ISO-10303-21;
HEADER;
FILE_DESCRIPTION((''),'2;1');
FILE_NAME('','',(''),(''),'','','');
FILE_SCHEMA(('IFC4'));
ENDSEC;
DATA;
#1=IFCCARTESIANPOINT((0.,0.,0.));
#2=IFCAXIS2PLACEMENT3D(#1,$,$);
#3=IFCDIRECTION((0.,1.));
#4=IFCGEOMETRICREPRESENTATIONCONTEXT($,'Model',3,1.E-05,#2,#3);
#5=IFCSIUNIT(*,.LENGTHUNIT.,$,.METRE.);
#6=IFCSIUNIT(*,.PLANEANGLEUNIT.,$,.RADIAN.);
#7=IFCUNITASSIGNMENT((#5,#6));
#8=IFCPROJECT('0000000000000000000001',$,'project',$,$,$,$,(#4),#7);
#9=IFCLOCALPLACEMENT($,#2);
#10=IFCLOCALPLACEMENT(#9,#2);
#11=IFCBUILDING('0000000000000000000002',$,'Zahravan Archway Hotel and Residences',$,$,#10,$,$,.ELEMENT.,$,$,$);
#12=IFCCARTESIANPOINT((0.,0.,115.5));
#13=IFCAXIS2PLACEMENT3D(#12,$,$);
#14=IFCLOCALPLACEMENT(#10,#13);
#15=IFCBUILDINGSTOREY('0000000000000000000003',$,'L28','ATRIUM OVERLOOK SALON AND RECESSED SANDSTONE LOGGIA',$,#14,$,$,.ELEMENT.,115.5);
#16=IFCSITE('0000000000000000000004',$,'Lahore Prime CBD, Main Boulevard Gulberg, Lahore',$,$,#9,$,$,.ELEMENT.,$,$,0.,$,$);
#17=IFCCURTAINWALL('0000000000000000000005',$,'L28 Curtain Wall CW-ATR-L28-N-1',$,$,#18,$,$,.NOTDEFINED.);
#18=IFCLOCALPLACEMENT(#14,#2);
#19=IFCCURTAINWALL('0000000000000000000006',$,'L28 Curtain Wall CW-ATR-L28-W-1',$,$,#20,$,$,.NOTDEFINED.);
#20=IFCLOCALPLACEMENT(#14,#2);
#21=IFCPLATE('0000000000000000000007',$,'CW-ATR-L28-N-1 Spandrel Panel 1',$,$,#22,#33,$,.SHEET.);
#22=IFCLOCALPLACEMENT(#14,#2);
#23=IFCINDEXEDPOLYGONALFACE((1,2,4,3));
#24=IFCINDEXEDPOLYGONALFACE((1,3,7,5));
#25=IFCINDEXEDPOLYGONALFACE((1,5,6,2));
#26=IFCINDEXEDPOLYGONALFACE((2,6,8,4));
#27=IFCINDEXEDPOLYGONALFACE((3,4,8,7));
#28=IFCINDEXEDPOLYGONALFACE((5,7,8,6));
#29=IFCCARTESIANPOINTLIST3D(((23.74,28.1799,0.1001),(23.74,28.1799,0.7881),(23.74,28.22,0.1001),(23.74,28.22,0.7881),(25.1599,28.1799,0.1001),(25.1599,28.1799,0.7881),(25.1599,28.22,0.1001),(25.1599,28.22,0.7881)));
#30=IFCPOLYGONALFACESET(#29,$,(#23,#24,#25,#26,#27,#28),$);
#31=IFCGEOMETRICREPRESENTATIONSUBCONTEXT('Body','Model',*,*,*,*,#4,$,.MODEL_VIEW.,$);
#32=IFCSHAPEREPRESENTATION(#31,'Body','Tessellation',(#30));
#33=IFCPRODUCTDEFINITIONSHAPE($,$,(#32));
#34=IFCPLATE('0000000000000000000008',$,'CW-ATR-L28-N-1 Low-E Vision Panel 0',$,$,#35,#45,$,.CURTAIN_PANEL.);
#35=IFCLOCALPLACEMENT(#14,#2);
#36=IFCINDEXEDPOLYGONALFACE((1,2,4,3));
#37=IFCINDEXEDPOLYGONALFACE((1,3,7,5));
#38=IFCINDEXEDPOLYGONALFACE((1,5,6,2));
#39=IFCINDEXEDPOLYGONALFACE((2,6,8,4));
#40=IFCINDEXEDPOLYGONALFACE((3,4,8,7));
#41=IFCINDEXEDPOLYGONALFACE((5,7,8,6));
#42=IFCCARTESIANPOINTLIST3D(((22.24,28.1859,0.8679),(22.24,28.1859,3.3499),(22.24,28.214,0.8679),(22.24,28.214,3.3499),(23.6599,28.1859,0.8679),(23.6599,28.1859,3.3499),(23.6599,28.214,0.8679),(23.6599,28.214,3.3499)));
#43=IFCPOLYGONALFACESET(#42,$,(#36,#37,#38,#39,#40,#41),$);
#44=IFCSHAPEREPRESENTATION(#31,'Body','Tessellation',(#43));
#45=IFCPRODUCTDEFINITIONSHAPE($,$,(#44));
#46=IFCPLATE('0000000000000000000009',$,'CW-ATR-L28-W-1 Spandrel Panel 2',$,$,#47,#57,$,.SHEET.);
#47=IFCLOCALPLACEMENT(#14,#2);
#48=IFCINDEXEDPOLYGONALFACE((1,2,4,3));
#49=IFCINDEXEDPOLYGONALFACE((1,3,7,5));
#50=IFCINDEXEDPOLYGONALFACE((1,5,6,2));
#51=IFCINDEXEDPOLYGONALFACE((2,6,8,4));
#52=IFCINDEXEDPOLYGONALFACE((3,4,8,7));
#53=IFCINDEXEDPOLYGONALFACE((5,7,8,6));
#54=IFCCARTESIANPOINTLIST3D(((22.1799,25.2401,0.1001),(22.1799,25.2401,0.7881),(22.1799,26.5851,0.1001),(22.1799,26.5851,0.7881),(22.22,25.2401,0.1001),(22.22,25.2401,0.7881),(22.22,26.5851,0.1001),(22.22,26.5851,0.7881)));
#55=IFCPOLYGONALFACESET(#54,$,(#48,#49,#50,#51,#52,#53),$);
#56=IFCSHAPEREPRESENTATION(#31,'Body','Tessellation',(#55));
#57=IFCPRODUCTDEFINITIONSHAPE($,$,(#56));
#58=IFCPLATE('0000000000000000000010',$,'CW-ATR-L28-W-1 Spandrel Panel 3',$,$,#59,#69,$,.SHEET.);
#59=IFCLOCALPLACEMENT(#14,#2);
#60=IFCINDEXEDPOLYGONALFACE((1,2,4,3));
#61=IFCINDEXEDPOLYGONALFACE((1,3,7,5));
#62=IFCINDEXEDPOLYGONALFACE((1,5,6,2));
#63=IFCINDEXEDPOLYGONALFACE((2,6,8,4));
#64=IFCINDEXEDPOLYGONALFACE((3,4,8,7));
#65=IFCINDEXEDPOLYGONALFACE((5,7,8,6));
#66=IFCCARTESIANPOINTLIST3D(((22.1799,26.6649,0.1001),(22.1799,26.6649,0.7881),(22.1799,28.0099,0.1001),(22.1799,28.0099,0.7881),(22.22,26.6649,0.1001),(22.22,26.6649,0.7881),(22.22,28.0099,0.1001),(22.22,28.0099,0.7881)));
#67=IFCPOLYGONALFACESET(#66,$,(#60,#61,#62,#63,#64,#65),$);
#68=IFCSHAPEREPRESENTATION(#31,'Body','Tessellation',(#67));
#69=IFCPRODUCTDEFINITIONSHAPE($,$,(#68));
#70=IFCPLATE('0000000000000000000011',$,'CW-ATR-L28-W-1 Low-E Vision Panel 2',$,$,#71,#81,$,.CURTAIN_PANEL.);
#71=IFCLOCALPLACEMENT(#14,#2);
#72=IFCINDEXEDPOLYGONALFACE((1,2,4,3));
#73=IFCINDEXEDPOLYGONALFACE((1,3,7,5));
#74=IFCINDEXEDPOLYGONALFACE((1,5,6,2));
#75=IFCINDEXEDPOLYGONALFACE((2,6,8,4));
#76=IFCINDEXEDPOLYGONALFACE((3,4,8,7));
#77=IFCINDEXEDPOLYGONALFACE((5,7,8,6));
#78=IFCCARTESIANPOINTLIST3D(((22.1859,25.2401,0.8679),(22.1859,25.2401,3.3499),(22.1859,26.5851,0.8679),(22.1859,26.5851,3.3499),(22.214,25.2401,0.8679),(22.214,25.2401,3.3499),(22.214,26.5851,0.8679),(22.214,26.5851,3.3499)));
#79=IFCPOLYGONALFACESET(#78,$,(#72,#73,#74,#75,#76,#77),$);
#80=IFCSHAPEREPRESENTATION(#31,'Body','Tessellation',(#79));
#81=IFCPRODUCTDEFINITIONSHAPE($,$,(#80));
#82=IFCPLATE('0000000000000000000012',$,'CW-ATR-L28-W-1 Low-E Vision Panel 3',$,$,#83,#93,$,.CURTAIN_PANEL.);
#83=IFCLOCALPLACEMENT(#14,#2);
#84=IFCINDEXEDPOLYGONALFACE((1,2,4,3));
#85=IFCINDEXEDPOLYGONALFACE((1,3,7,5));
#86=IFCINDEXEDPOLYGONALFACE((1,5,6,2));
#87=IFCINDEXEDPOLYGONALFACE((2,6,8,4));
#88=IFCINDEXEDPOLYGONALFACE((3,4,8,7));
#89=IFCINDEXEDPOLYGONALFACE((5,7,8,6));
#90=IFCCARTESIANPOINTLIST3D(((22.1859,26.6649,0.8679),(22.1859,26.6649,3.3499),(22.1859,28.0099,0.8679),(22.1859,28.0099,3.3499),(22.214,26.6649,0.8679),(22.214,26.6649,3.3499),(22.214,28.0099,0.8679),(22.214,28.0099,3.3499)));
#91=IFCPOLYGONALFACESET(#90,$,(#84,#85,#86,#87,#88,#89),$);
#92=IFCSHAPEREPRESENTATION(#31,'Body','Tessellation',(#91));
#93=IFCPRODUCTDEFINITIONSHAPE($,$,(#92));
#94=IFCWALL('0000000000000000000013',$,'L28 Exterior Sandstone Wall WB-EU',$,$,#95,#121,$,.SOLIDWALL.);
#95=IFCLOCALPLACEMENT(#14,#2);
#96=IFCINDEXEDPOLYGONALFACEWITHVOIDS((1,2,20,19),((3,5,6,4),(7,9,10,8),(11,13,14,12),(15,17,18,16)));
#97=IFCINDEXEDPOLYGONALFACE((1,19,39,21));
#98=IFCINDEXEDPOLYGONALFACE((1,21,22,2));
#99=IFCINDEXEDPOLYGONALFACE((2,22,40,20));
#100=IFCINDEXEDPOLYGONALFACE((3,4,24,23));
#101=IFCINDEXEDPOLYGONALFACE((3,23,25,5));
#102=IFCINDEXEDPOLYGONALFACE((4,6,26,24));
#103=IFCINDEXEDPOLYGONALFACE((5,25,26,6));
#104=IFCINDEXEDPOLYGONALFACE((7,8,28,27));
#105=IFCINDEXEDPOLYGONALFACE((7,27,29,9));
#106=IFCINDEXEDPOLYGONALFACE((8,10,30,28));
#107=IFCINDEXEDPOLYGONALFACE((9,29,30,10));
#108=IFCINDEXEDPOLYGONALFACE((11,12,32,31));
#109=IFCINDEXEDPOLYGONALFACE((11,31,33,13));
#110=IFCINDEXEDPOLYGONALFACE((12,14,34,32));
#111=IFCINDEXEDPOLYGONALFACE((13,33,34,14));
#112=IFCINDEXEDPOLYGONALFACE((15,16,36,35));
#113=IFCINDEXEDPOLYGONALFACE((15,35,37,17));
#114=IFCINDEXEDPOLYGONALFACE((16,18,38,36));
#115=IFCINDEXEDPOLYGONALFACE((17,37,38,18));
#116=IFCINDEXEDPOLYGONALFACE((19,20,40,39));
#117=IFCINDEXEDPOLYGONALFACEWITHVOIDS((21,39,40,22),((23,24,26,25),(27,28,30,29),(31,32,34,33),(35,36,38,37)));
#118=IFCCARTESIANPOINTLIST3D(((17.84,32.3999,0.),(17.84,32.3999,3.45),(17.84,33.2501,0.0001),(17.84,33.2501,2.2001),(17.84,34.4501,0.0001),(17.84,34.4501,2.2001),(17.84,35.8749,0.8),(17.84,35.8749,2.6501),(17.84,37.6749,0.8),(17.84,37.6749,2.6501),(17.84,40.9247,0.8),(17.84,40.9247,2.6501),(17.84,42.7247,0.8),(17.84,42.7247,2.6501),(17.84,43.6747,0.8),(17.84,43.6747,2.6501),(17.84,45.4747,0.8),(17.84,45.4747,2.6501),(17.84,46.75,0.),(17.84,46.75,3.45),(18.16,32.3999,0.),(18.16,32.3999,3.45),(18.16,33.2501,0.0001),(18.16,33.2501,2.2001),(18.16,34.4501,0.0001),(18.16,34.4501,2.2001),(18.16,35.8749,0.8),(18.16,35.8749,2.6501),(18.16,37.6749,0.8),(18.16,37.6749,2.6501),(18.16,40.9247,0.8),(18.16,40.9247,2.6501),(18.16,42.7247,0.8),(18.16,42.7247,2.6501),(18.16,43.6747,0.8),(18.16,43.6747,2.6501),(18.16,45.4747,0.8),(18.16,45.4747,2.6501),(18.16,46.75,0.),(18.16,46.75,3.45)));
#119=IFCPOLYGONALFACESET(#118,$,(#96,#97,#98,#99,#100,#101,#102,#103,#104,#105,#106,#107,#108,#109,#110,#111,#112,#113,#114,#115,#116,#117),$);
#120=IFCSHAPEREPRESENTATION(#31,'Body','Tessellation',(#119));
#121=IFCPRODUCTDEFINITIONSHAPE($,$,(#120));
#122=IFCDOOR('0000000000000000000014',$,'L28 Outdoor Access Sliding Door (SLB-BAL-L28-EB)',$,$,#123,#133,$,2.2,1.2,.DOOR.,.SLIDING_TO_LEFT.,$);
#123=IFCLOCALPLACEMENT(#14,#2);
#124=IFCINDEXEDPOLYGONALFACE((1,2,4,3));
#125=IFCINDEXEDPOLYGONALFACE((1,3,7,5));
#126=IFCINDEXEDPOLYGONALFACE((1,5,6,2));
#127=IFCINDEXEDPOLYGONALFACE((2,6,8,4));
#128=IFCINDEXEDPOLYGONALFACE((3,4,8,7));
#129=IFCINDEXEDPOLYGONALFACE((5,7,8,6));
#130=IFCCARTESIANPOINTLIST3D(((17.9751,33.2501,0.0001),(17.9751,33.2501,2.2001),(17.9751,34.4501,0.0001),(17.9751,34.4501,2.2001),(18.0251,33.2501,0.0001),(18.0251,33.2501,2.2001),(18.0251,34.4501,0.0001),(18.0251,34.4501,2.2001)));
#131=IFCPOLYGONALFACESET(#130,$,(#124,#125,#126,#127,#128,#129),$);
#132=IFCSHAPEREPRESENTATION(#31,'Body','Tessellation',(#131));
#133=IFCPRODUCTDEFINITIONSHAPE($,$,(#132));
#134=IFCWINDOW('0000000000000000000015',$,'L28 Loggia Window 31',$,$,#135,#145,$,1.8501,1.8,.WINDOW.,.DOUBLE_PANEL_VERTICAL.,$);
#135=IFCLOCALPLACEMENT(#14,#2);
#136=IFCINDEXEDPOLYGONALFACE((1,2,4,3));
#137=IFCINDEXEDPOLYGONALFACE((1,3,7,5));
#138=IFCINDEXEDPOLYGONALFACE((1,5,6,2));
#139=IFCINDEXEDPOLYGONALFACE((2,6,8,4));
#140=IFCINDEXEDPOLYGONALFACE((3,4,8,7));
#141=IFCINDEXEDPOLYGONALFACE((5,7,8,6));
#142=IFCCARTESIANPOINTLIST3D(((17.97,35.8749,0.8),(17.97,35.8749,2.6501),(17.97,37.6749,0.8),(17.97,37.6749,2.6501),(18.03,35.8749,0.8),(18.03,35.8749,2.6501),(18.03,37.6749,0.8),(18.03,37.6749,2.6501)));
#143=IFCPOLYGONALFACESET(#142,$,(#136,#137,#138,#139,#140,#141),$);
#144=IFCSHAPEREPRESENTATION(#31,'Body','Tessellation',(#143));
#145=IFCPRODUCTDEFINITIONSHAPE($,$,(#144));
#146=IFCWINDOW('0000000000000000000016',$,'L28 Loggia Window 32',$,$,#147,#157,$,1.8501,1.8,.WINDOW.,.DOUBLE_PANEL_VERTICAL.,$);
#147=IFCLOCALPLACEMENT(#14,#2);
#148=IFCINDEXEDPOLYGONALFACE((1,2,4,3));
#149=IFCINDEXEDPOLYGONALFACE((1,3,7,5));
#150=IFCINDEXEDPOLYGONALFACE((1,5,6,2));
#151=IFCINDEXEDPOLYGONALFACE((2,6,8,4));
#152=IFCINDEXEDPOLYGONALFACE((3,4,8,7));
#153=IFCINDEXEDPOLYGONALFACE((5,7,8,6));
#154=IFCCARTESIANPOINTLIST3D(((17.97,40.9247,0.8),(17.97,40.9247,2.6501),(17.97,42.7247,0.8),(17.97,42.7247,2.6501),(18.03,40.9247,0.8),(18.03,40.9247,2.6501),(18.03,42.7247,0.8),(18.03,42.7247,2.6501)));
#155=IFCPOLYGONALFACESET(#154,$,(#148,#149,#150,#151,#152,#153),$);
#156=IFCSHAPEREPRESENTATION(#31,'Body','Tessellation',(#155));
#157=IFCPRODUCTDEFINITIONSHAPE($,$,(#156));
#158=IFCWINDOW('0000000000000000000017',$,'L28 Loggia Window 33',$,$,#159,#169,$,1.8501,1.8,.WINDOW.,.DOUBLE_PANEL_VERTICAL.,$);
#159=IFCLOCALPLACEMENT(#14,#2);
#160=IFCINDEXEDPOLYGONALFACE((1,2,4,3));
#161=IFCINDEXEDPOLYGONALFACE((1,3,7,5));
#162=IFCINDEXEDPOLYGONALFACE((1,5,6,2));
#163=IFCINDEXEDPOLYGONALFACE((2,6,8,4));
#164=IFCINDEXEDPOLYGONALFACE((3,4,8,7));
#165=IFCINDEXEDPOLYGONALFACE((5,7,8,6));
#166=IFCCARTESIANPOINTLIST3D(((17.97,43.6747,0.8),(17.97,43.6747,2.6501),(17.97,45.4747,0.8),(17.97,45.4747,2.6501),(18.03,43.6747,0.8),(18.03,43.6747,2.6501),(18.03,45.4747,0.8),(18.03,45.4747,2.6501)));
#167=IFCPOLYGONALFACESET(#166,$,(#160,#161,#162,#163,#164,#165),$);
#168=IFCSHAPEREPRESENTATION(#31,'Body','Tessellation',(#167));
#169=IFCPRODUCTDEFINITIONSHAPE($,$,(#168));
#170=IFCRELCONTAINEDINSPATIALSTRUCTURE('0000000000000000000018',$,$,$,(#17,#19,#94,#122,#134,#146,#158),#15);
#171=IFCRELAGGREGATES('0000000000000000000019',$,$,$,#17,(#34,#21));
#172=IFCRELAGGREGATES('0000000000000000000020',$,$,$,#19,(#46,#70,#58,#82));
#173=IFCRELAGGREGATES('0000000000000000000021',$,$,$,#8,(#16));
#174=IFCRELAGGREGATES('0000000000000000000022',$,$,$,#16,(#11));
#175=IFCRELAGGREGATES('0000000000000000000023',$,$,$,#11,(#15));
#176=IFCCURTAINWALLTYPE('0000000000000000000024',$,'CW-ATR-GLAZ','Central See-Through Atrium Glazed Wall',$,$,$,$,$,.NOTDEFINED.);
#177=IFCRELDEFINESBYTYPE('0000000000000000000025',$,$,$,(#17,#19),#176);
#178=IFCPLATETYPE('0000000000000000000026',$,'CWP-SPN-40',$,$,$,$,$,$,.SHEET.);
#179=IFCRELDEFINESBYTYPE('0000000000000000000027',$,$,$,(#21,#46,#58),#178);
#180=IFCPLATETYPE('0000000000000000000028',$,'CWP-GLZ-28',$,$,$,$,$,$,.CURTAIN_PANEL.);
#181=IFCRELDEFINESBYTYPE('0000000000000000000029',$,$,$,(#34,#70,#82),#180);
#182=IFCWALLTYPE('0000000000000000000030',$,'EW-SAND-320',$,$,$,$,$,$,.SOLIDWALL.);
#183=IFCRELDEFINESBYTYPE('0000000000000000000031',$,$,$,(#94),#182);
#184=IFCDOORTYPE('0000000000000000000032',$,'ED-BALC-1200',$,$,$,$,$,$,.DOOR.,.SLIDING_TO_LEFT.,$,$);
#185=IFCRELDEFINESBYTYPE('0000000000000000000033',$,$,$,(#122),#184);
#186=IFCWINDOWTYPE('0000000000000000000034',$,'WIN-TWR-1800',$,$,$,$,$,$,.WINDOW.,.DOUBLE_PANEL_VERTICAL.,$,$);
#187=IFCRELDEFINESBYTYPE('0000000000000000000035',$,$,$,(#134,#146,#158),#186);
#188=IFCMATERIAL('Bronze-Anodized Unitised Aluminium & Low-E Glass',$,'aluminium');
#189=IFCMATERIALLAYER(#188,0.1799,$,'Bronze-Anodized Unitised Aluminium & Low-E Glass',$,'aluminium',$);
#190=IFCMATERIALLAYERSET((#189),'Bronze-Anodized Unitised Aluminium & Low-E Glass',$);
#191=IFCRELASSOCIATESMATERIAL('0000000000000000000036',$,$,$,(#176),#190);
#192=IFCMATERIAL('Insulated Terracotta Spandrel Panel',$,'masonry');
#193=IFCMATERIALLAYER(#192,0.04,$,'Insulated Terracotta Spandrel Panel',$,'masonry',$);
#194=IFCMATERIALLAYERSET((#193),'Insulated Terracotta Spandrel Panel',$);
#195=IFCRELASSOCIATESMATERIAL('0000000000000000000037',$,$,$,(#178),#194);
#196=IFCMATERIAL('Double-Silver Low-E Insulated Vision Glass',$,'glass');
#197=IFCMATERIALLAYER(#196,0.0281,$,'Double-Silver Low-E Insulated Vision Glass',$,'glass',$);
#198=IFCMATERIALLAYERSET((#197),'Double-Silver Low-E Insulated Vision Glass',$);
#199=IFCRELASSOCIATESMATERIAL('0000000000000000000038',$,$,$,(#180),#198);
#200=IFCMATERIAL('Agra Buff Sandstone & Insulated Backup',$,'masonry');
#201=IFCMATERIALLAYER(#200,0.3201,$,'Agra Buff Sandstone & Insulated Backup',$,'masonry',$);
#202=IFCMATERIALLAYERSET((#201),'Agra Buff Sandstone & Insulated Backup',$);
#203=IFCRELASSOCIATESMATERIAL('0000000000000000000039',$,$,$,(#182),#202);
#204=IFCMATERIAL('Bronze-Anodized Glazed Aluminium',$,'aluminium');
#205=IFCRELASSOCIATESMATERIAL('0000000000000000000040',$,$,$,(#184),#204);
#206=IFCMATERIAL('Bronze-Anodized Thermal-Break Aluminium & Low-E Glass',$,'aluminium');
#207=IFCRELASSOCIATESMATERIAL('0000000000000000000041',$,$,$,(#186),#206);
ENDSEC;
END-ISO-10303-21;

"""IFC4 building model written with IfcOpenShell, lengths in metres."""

from ifc_helpers import new_model, si_unit, direction, frame, frame_2d, origin, origin_2d, place, context, subcontext, project, spatial, rectangle, extrude, source, transform, mapped, material, layer, layer_set, type_object, type_shapes, element, fill, aggregate, save


model = new_model("IFC4")

# Units and contexts
model_context = context("Model", 3, precision=1e-05, world=origin(), true_north=direction((0.0, 1.0)))
body_context = subcontext(model_context, "Body", "Model", "MODEL_VIEW")
ifc_project = project(units=[si_unit("LENGTHUNIT", "METRE"), si_unit("PLANEANGLEUNIT", "RADIAN")], contexts=[model_context])

# Site, building, storey
site_placement = place(None, origin())
site = spatial("IfcSite", under=ifc_project, at=site_placement, Name="Lahore Prime CBD, Main Boulevard Gulberg, Lahore", CompositionType="ELEMENT", RefElevation=0.0)
building_placement = place(site_placement, origin())
building = spatial("IfcBuilding", under=site, at=building_placement, Name="Zahravan Archway Hotel and Residences", CompositionType="ELEMENT")
storey_placement = place(building_placement, frame((0.0, 0.0, 115.5)))
storey = spatial("IfcBuildingStorey", under=building, at=storey_placement, Name="L28", Description="ATRIUM OVERLOOK SALON AND RECESSED SANDSTONE LOGGIA", CompositionType="ELEMENT", Elevation=115.5)

# Curtain walls
ifc_material_1 = material(Name="Bronze-Anodized Unitised Aluminium & Low-E Glass", Category="aluminium")
ifc_layer_1 = layer(ifc_material_1, 0.1799, Name="Bronze-Anodized Unitised Aluminium & Low-E Glass", Category="aluminium")
ifc_layer_set_1 = layer_set([ifc_layer_1], Name="Bronze-Anodized Unitised Aluminium & Low-E Glass")
curtain_wall_type = type_object("IfcCurtainWallType", Name="CW-ATR-GLAZ", Description="Central See-Through Atrium Glazed Wall", PredefinedType="NOTDEFINED", material=ifc_layer_set_1)
curtain_wall_1_placement = place(storey_placement, origin())
curtain_wall_1 = element("IfcCurtainWall", 1, at=curtain_wall_1_placement, inside=storey, type_object=curtain_wall_type, Name="L28 Curtain Wall CW-ATR-L28-N-1", PredefinedType="NOTDEFINED")
curtain_wall_2_placement = place(storey_placement, origin())
curtain_wall_2 = element("IfcCurtainWall", 2, at=curtain_wall_2_placement, inside=storey, type_object=curtain_wall_type, Name="L28 Curtain Wall CW-ATR-L28-W-1", PredefinedType="NOTDEFINED")

# Plates
ifc_material_2 = material(Name="Insulated Terracotta Spandrel Panel", Category="masonry")
ifc_layer_2 = layer(ifc_material_2, 0.04, Name="Insulated Terracotta Spandrel Panel", Category="masonry")
ifc_layer_set_2 = layer_set([ifc_layer_2], Name="Insulated Terracotta Spandrel Panel")
plate_type_1 = type_object("IfcPlateType", Name="CWP-SPN-40", PredefinedType="SHEET", material=ifc_layer_set_2)
shared_shape_1 = source(origin(), body_context, "Body", "SweptSolid", [
    extrude(rectangle(XDim=1.4199, YDim=0.04, at=origin_2d()), origin(), (0.0, 0.0, 1.0), 0.688),
])
plate_1_placement = place(storey_placement, frame((24.45, 28.2, 0.1001), z_axis=(0.0, 0.0, 1.0), x_axis=(1.0, 0.0, 0.0)))
plate_1 = element("IfcPlate", 3, at=plate_1_placement, type_object=plate_type_1, Name="CW-ATR-L28-N-1 Spandrel Panel 1", PredefinedType="SHEET", context=body_context, shape_type="MappedRepresentation", body=[
    mapped(shared_shape_1, transform((0.0, 0.0, 0.0), scale=1.0)),
])
ifc_material_3 = material(Name="Double-Silver Low-E Insulated Vision Glass", Category="glass")
ifc_layer_3 = layer(ifc_material_3, 0.0281, Name="Double-Silver Low-E Insulated Vision Glass", Category="glass")
ifc_layer_set_3 = layer_set([ifc_layer_3], Name="Double-Silver Low-E Insulated Vision Glass")
plate_type_2 = type_object("IfcPlateType", Name="CWP-GLZ-28", PredefinedType="CURTAIN_PANEL", material=ifc_layer_set_3)
shared_shape_2 = source(origin(), body_context, "Body", "SweptSolid", [
    extrude(rectangle(XDim=1.4199, YDim=0.0281, at=origin_2d()), origin(), (0.0, 0.0, 1.0), 2.4819),
])
plate_2_placement = place(storey_placement, frame((22.95, 28.2, 0.8679), z_axis=(0.0, 0.0, 1.0), x_axis=(1.0, 0.0, 0.0)))
plate_2 = element("IfcPlate", 4, at=plate_2_placement, type_object=plate_type_2, Name="CW-ATR-L28-N-1 Low-E Vision Panel 0", PredefinedType="CURTAIN_PANEL", context=body_context, shape_type="MappedRepresentation", body=[
    mapped(shared_shape_2, transform((0.0, 0.0, 0.0), scale=1.0)),
])
aggregate(curtain_wall_1, [plate_2, plate_1])
shared_shape_3 = source(origin(), body_context, "Body", "SweptSolid", [
    extrude(rectangle(XDim=1.345, YDim=0.04, at=origin_2d()), origin(), (0.0, 0.0, 1.0), 0.688),
])
plate_3_placement = place(storey_placement, frame((22.2, 25.9126, 0.1001), z_axis=(0.0, 0.0, 1.0), x_axis=(0.0, 1.0, 0.0)))
plate_3 = element("IfcPlate", 5, at=plate_3_placement, type_object=plate_type_1, Name="CW-ATR-L28-W-1 Spandrel Panel 2", PredefinedType="SHEET", context=body_context, shape_type="MappedRepresentation", body=[
    mapped(shared_shape_3, transform((0.0, 0.0, 0.0), scale=1.0)),
])
plate_4_placement = place(storey_placement, frame((22.2, 27.3374, 0.1001), z_axis=(0.0, 0.0, 1.0), x_axis=(0.0, 1.0, 0.0)))
plate_4 = element("IfcPlate", 6, at=plate_4_placement, type_object=plate_type_1, Name="CW-ATR-L28-W-1 Spandrel Panel 3", PredefinedType="SHEET", context=body_context, shape_type="MappedRepresentation", body=[
    mapped(shared_shape_3, transform((0.0, 0.0, 0.0), scale=1.0)),
])
shared_shape_4 = source(origin(), body_context, "Body", "SweptSolid", [
    extrude(rectangle(XDim=1.345, YDim=0.0281, at=origin_2d()), origin(), (0.0, 0.0, 1.0), 2.4819),
])
plate_5_placement = place(storey_placement, frame((22.2, 25.9126, 0.8679), z_axis=(0.0, 0.0, 1.0), x_axis=(0.0, 1.0, 0.0)))
plate_5 = element("IfcPlate", 7, at=plate_5_placement, type_object=plate_type_2, Name="CW-ATR-L28-W-1 Low-E Vision Panel 2", PredefinedType="CURTAIN_PANEL", context=body_context, shape_type="MappedRepresentation", body=[
    mapped(shared_shape_4, transform((0.0, 0.0, 0.0), scale=1.0)),
])
plate_6_placement = place(storey_placement, frame((22.2, 27.3374, 0.8679), z_axis=(0.0, 0.0, 1.0), x_axis=(0.0, 1.0, 0.0)))
plate_6 = element("IfcPlate", 8, at=plate_6_placement, type_object=plate_type_2, Name="CW-ATR-L28-W-1 Low-E Vision Panel 3", PredefinedType="CURTAIN_PANEL", context=body_context, shape_type="MappedRepresentation", body=[
    mapped(shared_shape_4, transform((0.0, 0.0, 0.0), scale=1.0)),
])
aggregate(curtain_wall_2, [plate_3, plate_5, plate_4, plate_6])

# Wall, openings, door, windows
ifc_material_4 = material(Name="Agra Buff Sandstone & Insulated Backup", Category="masonry")
ifc_layer_4 = layer(ifc_material_4, 0.3201, Name="Agra Buff Sandstone & Insulated Backup", Category="masonry")
ifc_layer_set_4 = layer_set([ifc_layer_4], Name="Agra Buff Sandstone & Insulated Backup")
wall_type = type_object("IfcWallType", Name="EW-SAND-320", PredefinedType="SOLIDWALL", material=ifc_layer_set_4)
wall_placement = place(storey_placement, frame((18.0, 32.3999, 0.0), z_axis=(0.0, 0.0, 1.0), x_axis=(0.0, 1.0, 0.0)))
wall = element("IfcWall", 9, at=wall_placement, inside=storey, type_object=wall_type, Name="L28 Exterior Sandstone Wall WB-EU", PredefinedType="SOLIDWALL", context=body_context, shape_type="SweptSolid", body=[
    extrude(rectangle(XDim=14.3501, YDim=0.3201, at=frame_2d((7.175, 0.0))), origin(), (0.0, 0.0, 1.0), 3.45),
])
opening_1_placement = place(wall_placement, frame((0.8501, 0.0, 0.0)))
opening_1 = element("IfcOpeningElement", 10, at=opening_1_placement, cuts=wall, PredefinedType="OPENING", context=body_context, shape_type="SweptSolid", body=[
    extrude(rectangle(XDim=1.2, YDim=2.2, at=frame_2d((0.6001, 1.1001))), frame((0.0, 0.1699, 0.0), z_axis=(0.0, -1.0, 0.0), x_axis=(1.0, 0.0, 0.0)), (0.0, 0.0, 1.0), 0.3401),
])
opening_2_placement = place(wall_placement, frame((3.4751, 0.0, 0.8)))
opening_2 = element("IfcOpeningElement", 11, at=opening_2_placement, cuts=wall, PredefinedType="OPENING", context=body_context, shape_type="SweptSolid", body=[
    extrude(rectangle(XDim=1.8, YDim=1.8501, at=frame_2d((0.8999, 0.925))), frame((0.0, 0.1699, 0.0), z_axis=(0.0, -1.0, 0.0), x_axis=(1.0, 0.0, 0.0)), (0.0, 0.0, 1.0), 0.3401),
])
opening_3_placement = place(wall_placement, frame((8.5249, 0.0, 0.8)))
opening_3 = element("IfcOpeningElement", 12, at=opening_3_placement, cuts=wall, PredefinedType="OPENING", context=body_context, shape_type="SweptSolid", body=[
    extrude(rectangle(XDim=1.8, YDim=1.8501, at=frame_2d((0.8999, 0.925))), frame((0.0, 0.1699, 0.0), z_axis=(0.0, -1.0, 0.0), x_axis=(1.0, 0.0, 0.0)), (0.0, 0.0, 1.0), 0.3401),
])
opening_4_placement = place(wall_placement, frame((11.2749, 0.0, 0.8)))
opening_4 = element("IfcOpeningElement", 13, at=opening_4_placement, cuts=wall, PredefinedType="OPENING", context=body_context, shape_type="SweptSolid", body=[
    extrude(rectangle(XDim=1.8, YDim=1.8501, at=frame_2d((0.8999, 0.925))), frame((0.0, 0.1699, 0.0), z_axis=(0.0, -1.0, 0.0), x_axis=(1.0, 0.0, 0.0)), (0.0, 0.0, 1.0), 0.3401),
])
ifc_material_5 = material(Name="Bronze-Anodized Glazed Aluminium", Category="aluminium")
door_type = type_object("IfcDoorType", Name="ED-BALC-1200", OperationType="SLIDING_TO_LEFT", PredefinedType="DOOR", material=ifc_material_5)
shared_shape_5 = source(origin(), body_context, "Body", "SweptSolid", [
    extrude(rectangle(XDim=1.2, YDim=2.2, at=frame_2d((0.6001, 1.1001))), frame((0.0, 0.0249, 0.0), z_axis=(0.0, -1.0, 0.0), x_axis=(1.0, 0.0, 0.0)), (0.0, 0.0, 1.0), 0.05),
])
type_shapes(door_type, [shared_shape_5])
door_placement = place(opening_1_placement, origin())
door = element("IfcDoor", 14, at=door_placement, inside=storey, type_object=door_type, Name="L28 Outdoor Access Sliding Door (SLB-BAL-L28-EB)", OperationType="SLIDING_TO_LEFT", OverallHeight=2.2, OverallWidth=1.2, PredefinedType="DOOR", context=body_context, shape_type="MappedRepresentation", body=[
    mapped(shared_shape_5, transform((0.0, 0.0, 0.0), scale=1.0)),
])
fill(opening_1, door)
ifc_material_6 = material(Name="Bronze-Anodized Thermal-Break Aluminium & Low-E Glass", Category="aluminium")
window_type = type_object("IfcWindowType", Name="WIN-TWR-1800", PartitioningType="DOUBLE_PANEL_VERTICAL", PredefinedType="WINDOW", material=ifc_material_6)
shared_shape_6 = source(origin(), body_context, "Body", "SweptSolid", [
    extrude(rectangle(XDim=1.8, YDim=1.8501, at=frame_2d((0.8999, 0.925))), frame((0.0, 0.03, 0.0), z_axis=(0.0, -1.0, 0.0), x_axis=(1.0, 0.0, 0.0)), (0.0, 0.0, 1.0), 0.0601),
])
type_shapes(window_type, [shared_shape_6])
window_1_placement = place(opening_2_placement, origin())
window_1 = element("IfcWindow", 15, at=window_1_placement, inside=storey, type_object=window_type, Name="L28 Loggia Window 31", OverallHeight=1.8501, OverallWidth=1.8, PartitioningType="DOUBLE_PANEL_VERTICAL", PredefinedType="WINDOW", context=body_context, shape_type="MappedRepresentation", body=[
    mapped(shared_shape_6, transform((0.0, 0.0, 0.0), scale=1.0)),
])
fill(opening_2, window_1)
window_2_placement = place(opening_3_placement, origin())
window_2 = element("IfcWindow", 16, at=window_2_placement, inside=storey, type_object=window_type, Name="L28 Loggia Window 32", OverallHeight=1.8501, OverallWidth=1.8, PartitioningType="DOUBLE_PANEL_VERTICAL", PredefinedType="WINDOW", context=body_context, shape_type="MappedRepresentation", body=[
    mapped(shared_shape_6, transform((0.0, 0.0, 0.0), scale=1.0)),
])
fill(opening_3, window_2)
window_3_placement = place(opening_4_placement, origin())
window_3 = element("IfcWindow", 17, at=window_3_placement, inside=storey, type_object=window_type, Name="L28 Loggia Window 33", OverallHeight=1.8501, OverallWidth=1.8, PartitioningType="DOUBLE_PANEL_VERTICAL", PredefinedType="WINDOW", context=body_context, shape_type="MappedRepresentation", body=[
    mapped(shared_shape_6, transform((0.0, 0.0, 0.0), scale=1.0)),
])
fill(opening_4, window_3)

save(model, "model.ifc")
